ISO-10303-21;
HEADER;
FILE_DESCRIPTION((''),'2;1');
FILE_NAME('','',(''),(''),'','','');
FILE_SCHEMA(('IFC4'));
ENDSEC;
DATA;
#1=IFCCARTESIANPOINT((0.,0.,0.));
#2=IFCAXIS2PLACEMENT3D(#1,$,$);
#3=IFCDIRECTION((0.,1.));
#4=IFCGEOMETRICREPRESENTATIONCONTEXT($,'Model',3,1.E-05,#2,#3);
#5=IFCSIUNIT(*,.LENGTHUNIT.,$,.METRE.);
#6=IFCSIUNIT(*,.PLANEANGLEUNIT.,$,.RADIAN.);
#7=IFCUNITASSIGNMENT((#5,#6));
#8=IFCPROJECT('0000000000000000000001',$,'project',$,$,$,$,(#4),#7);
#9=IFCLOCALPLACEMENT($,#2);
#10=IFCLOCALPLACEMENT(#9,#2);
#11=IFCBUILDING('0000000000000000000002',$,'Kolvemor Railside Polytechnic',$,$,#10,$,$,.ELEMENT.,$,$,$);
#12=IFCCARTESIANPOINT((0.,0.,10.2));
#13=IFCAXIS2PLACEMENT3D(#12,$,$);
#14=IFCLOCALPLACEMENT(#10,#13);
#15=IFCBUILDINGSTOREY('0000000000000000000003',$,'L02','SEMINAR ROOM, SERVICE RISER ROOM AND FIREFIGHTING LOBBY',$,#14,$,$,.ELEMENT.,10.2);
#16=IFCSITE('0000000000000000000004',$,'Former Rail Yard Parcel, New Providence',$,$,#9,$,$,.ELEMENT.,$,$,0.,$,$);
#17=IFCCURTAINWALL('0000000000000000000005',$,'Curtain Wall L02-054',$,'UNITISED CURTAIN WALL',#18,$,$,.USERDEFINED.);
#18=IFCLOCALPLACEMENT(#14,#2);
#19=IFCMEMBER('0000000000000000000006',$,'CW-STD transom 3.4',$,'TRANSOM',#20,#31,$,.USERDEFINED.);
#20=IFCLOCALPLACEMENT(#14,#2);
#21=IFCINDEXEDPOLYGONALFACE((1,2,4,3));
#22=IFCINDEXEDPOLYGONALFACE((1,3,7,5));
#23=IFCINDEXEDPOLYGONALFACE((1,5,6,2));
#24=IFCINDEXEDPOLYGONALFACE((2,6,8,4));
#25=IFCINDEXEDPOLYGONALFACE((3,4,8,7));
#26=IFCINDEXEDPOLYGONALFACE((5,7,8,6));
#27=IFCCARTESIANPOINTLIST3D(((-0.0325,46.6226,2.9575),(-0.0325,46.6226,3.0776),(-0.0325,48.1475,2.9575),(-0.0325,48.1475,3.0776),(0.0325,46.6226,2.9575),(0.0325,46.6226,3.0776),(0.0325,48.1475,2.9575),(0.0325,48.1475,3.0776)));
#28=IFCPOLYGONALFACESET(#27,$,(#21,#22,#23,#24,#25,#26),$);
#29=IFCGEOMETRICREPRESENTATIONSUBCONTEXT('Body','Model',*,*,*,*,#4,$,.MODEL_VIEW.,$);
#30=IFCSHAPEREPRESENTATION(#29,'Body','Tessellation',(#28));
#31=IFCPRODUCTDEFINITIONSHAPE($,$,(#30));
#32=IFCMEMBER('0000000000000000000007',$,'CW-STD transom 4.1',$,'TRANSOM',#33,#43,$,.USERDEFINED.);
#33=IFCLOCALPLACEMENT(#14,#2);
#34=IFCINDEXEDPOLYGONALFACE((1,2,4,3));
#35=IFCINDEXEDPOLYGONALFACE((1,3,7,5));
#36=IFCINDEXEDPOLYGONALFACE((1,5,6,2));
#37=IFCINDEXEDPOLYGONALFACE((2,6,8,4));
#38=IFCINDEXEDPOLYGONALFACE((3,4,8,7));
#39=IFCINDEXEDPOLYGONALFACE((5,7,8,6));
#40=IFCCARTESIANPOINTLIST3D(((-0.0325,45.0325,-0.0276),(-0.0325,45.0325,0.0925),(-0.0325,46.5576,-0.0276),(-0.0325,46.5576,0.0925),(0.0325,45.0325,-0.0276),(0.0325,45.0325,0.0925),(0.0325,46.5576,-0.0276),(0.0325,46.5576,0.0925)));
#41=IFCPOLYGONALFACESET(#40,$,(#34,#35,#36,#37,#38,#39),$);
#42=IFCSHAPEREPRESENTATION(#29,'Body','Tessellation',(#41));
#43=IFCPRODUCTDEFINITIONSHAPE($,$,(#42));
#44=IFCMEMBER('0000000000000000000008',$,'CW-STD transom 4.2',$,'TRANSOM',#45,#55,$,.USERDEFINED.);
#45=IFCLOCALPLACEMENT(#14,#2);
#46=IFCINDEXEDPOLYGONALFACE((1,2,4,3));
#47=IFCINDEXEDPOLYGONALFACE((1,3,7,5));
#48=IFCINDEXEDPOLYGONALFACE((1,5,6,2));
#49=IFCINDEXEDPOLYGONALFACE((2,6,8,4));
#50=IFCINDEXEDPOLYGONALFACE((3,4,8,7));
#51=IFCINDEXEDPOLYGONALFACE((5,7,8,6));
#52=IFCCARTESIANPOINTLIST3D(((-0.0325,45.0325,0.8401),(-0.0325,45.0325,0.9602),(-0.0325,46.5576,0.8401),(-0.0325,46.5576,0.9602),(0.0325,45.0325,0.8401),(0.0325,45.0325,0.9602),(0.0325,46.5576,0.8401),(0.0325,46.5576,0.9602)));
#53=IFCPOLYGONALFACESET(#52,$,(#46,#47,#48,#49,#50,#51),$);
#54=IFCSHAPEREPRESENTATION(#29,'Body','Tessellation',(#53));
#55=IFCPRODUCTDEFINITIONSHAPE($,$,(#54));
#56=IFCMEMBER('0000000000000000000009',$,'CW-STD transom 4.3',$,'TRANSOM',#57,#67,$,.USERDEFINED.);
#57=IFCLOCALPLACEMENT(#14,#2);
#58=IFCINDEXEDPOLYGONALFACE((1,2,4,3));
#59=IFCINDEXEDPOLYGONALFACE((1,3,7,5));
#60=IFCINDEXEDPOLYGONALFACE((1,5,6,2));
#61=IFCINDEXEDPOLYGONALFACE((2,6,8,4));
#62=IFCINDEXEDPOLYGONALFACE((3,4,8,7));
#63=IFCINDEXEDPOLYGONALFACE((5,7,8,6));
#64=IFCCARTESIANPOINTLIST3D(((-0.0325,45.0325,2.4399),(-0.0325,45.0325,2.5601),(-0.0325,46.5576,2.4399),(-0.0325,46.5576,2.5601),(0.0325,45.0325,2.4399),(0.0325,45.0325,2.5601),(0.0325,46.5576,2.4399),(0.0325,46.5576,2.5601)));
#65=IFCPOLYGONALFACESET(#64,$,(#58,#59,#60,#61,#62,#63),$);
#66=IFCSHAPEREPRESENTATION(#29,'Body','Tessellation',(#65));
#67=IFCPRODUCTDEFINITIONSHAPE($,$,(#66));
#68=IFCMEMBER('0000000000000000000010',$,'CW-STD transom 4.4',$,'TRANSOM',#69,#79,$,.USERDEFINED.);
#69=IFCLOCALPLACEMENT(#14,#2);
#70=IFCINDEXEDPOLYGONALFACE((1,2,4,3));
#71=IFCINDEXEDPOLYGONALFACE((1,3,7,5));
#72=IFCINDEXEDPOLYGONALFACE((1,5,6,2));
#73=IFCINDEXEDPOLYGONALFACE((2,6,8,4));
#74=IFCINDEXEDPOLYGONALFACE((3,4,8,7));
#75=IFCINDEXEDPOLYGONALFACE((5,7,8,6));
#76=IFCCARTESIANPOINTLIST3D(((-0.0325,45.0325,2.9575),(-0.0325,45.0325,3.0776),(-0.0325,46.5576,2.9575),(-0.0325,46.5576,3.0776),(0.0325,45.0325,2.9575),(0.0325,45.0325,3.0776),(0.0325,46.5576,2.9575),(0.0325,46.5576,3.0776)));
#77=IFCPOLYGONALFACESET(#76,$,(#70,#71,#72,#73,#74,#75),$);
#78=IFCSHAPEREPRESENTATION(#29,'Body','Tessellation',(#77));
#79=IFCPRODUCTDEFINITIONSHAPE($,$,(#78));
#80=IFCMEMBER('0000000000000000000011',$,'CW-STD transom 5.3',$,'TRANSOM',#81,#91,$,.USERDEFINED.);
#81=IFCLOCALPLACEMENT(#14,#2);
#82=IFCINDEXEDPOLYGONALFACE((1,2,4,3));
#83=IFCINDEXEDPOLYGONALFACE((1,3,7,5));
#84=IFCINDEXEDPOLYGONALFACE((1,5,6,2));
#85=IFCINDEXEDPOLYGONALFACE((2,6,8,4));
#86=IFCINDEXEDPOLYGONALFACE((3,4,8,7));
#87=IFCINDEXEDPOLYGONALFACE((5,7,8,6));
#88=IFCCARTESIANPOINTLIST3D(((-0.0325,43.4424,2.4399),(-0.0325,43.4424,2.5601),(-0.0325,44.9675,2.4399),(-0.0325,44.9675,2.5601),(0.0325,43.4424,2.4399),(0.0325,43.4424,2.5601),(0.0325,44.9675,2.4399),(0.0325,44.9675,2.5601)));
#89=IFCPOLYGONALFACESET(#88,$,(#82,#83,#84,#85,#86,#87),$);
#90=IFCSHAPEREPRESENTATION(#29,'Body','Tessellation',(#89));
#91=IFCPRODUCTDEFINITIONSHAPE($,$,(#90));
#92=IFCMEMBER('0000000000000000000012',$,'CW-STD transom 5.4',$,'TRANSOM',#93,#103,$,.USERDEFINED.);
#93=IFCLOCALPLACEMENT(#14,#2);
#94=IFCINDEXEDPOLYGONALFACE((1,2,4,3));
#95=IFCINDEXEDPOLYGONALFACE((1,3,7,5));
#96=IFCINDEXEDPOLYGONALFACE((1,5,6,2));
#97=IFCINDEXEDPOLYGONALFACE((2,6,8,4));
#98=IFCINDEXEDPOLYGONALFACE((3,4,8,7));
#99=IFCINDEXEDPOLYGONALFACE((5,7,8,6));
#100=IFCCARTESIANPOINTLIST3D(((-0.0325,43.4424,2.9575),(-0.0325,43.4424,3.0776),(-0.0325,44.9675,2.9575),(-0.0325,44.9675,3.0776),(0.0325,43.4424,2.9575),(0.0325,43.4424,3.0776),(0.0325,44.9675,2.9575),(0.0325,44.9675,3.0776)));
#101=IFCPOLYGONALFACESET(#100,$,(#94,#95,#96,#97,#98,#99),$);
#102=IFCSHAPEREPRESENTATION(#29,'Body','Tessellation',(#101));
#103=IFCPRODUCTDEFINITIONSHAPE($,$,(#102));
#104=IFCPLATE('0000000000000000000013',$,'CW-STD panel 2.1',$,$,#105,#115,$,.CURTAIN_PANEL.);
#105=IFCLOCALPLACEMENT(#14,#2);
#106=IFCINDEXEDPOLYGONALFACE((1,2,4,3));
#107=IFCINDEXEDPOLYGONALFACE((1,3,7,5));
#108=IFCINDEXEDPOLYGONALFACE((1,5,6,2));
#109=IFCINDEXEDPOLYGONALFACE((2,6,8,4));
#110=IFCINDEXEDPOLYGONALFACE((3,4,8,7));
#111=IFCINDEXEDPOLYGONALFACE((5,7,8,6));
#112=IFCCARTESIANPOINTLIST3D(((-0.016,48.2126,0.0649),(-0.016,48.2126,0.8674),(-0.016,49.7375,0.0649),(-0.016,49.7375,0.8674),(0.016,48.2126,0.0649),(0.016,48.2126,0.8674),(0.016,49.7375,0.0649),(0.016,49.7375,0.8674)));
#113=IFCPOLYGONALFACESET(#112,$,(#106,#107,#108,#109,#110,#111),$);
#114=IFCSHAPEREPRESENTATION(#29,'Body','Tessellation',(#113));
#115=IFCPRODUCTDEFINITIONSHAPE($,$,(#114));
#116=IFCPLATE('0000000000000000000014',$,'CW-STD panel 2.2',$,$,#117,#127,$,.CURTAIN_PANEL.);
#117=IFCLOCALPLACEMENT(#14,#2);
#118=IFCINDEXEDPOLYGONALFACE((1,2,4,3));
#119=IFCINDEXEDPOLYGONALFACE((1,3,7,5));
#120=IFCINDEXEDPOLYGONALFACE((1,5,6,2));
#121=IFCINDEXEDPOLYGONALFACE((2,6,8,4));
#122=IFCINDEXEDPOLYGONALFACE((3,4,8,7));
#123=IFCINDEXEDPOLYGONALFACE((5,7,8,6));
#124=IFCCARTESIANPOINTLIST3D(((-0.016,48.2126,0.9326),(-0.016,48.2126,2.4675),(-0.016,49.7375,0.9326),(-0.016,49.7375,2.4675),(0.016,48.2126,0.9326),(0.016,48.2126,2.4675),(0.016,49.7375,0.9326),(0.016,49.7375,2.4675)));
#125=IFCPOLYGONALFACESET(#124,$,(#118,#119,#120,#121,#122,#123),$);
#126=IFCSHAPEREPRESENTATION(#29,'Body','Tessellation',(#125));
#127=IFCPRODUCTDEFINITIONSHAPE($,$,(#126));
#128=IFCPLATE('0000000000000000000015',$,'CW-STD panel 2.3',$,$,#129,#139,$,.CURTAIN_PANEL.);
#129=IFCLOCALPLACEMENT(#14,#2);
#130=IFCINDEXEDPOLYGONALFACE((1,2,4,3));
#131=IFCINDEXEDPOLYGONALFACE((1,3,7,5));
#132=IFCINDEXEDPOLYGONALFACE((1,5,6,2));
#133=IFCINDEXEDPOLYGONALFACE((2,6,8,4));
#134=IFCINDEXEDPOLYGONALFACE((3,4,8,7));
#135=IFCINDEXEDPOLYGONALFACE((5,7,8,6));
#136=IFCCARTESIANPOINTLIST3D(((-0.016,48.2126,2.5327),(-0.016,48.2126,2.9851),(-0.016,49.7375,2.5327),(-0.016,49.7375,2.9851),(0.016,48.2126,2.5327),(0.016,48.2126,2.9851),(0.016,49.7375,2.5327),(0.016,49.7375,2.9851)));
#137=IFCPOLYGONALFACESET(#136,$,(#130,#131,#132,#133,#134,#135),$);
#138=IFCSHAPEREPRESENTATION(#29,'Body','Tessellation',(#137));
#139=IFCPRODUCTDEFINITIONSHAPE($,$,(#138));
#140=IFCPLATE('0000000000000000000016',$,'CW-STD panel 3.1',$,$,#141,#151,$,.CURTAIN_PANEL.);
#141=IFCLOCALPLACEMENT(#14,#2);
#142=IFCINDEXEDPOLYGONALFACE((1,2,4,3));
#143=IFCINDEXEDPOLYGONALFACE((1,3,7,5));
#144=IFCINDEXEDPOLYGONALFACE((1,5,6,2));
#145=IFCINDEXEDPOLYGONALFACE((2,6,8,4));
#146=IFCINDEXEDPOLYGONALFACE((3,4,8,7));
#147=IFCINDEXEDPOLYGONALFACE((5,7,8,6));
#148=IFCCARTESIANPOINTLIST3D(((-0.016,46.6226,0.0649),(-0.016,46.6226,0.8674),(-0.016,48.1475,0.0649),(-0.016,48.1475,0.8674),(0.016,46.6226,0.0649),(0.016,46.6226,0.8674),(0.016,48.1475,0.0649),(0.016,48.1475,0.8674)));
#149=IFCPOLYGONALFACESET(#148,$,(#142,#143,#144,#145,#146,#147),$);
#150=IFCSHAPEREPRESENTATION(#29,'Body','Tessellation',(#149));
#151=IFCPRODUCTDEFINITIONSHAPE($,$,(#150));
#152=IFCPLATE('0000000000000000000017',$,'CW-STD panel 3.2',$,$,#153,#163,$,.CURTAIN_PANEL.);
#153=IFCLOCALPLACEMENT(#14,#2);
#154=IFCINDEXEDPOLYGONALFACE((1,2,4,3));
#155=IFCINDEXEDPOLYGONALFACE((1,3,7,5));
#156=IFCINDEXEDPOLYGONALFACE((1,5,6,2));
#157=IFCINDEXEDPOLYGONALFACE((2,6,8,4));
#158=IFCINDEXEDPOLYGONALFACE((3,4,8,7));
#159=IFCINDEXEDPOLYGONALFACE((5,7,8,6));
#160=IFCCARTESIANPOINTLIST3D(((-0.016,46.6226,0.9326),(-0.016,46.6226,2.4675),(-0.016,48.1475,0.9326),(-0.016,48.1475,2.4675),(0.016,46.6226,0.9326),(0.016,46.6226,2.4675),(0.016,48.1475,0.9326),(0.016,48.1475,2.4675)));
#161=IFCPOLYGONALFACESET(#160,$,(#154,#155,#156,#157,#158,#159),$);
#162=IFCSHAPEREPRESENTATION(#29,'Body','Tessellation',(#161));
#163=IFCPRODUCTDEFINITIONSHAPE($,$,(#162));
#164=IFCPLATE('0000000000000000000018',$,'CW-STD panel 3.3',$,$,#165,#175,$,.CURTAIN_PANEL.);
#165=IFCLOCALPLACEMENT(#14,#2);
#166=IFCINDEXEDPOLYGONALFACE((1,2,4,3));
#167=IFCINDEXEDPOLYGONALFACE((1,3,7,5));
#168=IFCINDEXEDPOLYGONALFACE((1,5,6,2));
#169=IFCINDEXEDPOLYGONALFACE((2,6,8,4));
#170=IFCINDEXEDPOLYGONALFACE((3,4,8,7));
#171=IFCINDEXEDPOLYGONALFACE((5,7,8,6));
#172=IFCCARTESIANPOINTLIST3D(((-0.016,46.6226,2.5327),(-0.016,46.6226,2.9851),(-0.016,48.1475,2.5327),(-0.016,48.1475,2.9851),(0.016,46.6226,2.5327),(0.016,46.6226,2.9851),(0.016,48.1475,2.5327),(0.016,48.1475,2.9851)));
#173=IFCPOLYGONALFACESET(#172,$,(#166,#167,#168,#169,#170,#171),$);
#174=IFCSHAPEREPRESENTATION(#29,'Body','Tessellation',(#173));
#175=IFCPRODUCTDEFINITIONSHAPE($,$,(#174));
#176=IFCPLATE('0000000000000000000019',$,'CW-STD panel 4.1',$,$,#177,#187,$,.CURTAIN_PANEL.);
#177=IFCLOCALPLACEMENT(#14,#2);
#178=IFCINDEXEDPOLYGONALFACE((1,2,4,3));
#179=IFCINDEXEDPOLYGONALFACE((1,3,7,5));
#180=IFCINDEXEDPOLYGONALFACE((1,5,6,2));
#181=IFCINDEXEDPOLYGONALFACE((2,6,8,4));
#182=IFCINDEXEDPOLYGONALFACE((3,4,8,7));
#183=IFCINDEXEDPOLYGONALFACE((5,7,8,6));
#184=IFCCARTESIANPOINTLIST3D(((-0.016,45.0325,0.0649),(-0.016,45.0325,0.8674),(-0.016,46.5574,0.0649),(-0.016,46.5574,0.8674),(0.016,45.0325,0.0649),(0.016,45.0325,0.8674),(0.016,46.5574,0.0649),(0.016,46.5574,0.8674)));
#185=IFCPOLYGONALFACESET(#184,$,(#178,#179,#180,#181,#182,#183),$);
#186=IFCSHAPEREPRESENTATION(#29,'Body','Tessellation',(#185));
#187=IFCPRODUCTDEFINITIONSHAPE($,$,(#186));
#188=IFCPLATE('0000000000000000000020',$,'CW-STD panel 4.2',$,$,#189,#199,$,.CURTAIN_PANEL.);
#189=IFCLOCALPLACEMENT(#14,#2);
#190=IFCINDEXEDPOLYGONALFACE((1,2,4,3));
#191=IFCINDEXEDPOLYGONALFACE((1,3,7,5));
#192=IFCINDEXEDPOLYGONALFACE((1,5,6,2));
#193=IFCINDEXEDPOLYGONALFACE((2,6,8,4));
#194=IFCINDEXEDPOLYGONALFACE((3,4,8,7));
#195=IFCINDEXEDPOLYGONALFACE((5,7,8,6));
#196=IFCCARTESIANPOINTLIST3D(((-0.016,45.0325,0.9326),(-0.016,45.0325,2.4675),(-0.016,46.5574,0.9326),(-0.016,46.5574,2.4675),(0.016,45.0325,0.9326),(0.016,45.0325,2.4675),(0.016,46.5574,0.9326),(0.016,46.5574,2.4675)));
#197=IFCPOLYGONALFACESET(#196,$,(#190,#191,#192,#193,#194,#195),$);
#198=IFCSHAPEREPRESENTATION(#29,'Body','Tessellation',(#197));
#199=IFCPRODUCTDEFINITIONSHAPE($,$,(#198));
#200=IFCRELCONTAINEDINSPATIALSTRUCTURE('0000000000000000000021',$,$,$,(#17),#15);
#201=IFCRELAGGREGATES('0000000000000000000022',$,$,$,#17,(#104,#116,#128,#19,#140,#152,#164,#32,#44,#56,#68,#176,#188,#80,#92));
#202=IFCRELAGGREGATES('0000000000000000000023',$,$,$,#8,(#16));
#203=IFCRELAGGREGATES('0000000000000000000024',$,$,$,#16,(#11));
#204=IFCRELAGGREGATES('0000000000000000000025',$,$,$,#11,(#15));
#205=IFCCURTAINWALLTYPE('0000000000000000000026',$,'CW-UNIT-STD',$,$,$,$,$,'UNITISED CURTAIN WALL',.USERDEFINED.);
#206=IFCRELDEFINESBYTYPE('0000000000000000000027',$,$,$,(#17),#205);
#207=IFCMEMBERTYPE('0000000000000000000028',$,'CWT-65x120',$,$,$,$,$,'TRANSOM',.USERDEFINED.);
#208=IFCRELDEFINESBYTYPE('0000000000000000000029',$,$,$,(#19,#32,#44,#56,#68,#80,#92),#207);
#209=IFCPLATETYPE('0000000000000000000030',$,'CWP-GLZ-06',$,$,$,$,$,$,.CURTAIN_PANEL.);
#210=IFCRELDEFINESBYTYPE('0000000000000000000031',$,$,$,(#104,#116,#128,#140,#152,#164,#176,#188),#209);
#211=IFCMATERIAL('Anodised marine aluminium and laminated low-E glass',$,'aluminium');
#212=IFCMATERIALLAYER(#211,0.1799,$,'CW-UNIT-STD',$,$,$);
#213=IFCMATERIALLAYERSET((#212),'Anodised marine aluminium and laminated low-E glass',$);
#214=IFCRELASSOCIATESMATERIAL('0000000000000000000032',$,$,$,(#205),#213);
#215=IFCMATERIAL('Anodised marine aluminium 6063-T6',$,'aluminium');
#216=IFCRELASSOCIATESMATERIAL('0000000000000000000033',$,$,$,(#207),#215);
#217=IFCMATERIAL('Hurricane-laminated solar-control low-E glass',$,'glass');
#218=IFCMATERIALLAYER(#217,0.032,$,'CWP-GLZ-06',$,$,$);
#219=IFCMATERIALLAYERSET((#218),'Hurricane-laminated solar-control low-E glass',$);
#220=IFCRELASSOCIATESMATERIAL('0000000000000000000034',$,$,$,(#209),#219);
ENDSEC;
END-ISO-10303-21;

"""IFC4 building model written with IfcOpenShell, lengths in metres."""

from ifc_helpers import new_model, si_unit, direction, frame, origin, origin_2d, place, context, subcontext, project, spatial, rectangle, extrude, material, layer, layer_set, material_profile, profile_set, type_object, element, aggregate, save


model = new_model("IFC4")

# Units and contexts
model_context = context("Model", 3, precision=1e-05, world=origin(), true_north=direction((0.0, 1.0)))
body_context = subcontext(model_context, "Body", "Model", "MODEL_VIEW")
ifc_project = project(units=[si_unit("LENGTHUNIT", "METRE"), si_unit("PLANEANGLEUNIT", "RADIAN")], contexts=[model_context])

# Site, building, storey
site_placement = place(None, origin())
site = spatial("IfcSite", under=ifc_project, at=site_placement, Name="Former Rail Yard Parcel, New Providence", CompositionType="ELEMENT", RefElevation=0.0)
building_placement = place(site_placement, origin())
building = spatial("IfcBuilding", under=site, at=building_placement, Name="Kolvemor Railside Polytechnic", CompositionType="ELEMENT")
storey_placement = place(building_placement, frame((0.0, 0.0, 10.2)))
storey = spatial("IfcBuildingStorey", under=building, at=storey_placement, Name="L02", Description="SEMINAR ROOM, SERVICE RISER ROOM AND FIREFIGHTING LOBBY", CompositionType="ELEMENT", Elevation=10.2)

# Curtain wall, members, plates
ifc_material_1 = material(Name="Anodised marine aluminium and laminated low-E glass", Category="aluminium")
ifc_layer_1 = layer(ifc_material_1, 0.1799, Name="CW-UNIT-STD")
ifc_layer_set_1 = layer_set([ifc_layer_1], Name="Anodised marine aluminium and laminated low-E glass")
curtain_wall_type = type_object("IfcCurtainWallType", Name="CW-UNIT-STD", ElementType="UNITISED CURTAIN WALL", PredefinedType="USERDEFINED", material=ifc_layer_set_1)
curtain_wall_placement = place(storey_placement, origin())
curtain_wall = element("IfcCurtainWall", 1, at=curtain_wall_placement, inside=storey, type_object=curtain_wall_type, Name="Curtain Wall L02-054", ObjectType="UNITISED CURTAIN WALL", PredefinedType="USERDEFINED")
ifc_material_2 = material(Name="Anodised marine aluminium 6063-T6", Category="aluminium")
ifc_material_profile_1 = material_profile(ifc_material_2, rectangle(XDim=0.0649, YDim=0.1201, at=origin_2d()), Name="CW-TRN-65x120")
ifc_profile_set_1 = profile_set([ifc_material_profile_1], Name="Anodised marine aluminium 6063-T6")
member_type_1 = type_object("IfcMemberType", Name="CWT-65x120", ElementType="TRANSOM", PredefinedType="USERDEFINED", material=ifc_profile_set_1)
member_1_placement = place(storey_placement, frame((0.0, 48.1475, 3.0176), z_axis=(0.0, -1.0, 0.0), x_axis=(1.0, 0.0, 0.0)))
member_1 = element("IfcMember", 2, at=member_1_placement, type_object=member_type_1, Name="CW-STD transom 3.4", ObjectType="TRANSOM", PredefinedType="USERDEFINED", context=body_context, shape_type="SweptSolid", body=[
    extrude(rectangle(XDim=0.0649, YDim=0.1201, at=origin_2d()), origin(), (0.0, 0.0, 1.0), 1.5249),
])
member_2_placement = place(storey_placement, frame((0.0, 46.5576, 0.0325), z_axis=(0.0, -1.0, 0.0), x_axis=(1.0, 0.0, 0.0)))
member_2 = element("IfcMember", 3, at=member_2_placement, type_object=member_type_1, Name="CW-STD transom 4.1", ObjectType="TRANSOM", PredefinedType="USERDEFINED", context=body_context, shape_type="SweptSolid", body=[
    extrude(rectangle(XDim=0.0649, YDim=0.1201, at=origin_2d()), origin(), (0.0, 0.0, 1.0), 1.5251),
])
member_3_placement = place(storey_placement, frame((0.0, 46.5576, 0.9001), z_axis=(0.0, -1.0, 0.0), x_axis=(1.0, 0.0, 0.0)))
member_3 = element("IfcMember", 4, at=member_3_placement, type_object=member_type_1, Name="CW-STD transom 4.2", ObjectType="TRANSOM", PredefinedType="USERDEFINED", context=body_context, shape_type="SweptSolid", body=[
    extrude(rectangle(XDim=0.0649, YDim=0.1201, at=origin_2d()), origin(), (0.0, 0.0, 1.0), 1.5251),
])
member_4_placement = place(storey_placement, frame((0.0, 46.5576, 2.5), z_axis=(0.0, -1.0, 0.0), x_axis=(1.0, 0.0, 0.0)))
member_4 = element("IfcMember", 5, at=member_4_placement, type_object=member_type_1, Name="CW-STD transom 4.3", ObjectType="TRANSOM", PredefinedType="USERDEFINED", context=body_context, shape_type="SweptSolid", body=[
    extrude(rectangle(XDim=0.0649, YDim=0.1201, at=origin_2d()), origin(), (0.0, 0.0, 1.0), 1.5251),
])
member_5_placement = place(storey_placement, frame((0.0, 46.5576, 3.0176), z_axis=(0.0, -1.0, 0.0), x_axis=(1.0, 0.0, 0.0)))
member_5 = element("IfcMember", 6, at=member_5_placement, type_object=member_type_1, Name="CW-STD transom 4.4", ObjectType="TRANSOM", PredefinedType="USERDEFINED", context=body_context, shape_type="SweptSolid", body=[
    extrude(rectangle(XDim=0.0649, YDim=0.1201, at=origin_2d()), origin(), (0.0, 0.0, 1.0), 1.5251),
])
member_6_placement = place(storey_placement, frame((0.0, 44.9675, 2.5), z_axis=(0.0, -1.0, 0.0), x_axis=(1.0, 0.0, 0.0)))
member_6 = element("IfcMember", 7, at=member_6_placement, type_object=member_type_1, Name="CW-STD transom 5.3", ObjectType="TRANSOM", PredefinedType="USERDEFINED", context=body_context, shape_type="SweptSolid", body=[
    extrude(rectangle(XDim=0.0649, YDim=0.1201, at=origin_2d()), origin(), (0.0, 0.0, 1.0), 1.5251),
])
member_7_placement = place(storey_placement, frame((0.0, 44.9675, 3.0176), z_axis=(0.0, -1.0, 0.0), x_axis=(1.0, 0.0, 0.0)))
member_7 = element("IfcMember", 8, at=member_7_placement, type_object=member_type_1, Name="CW-STD transom 5.4", ObjectType="TRANSOM", PredefinedType="USERDEFINED", context=body_context, shape_type="SweptSolid", body=[
    extrude(rectangle(XDim=0.0649, YDim=0.1201, at=origin_2d()), origin(), (0.0, 0.0, 1.0), 1.5251),
])
ifc_material_3 = material(Name="Hurricane-laminated solar-control low-E glass", Category="glass")
ifc_layer_2 = layer(ifc_material_3, 0.032, Name="CWP-GLZ-06")
ifc_layer_set_2 = layer_set([ifc_layer_2], Name="Hurricane-laminated solar-control low-E glass")
plate_type = type_object("IfcPlateType", Name="CWP-GLZ-06", PredefinedType="CURTAIN_PANEL", material=ifc_layer_set_2)
plate_1_placement = place(storey_placement, frame((0.0, 48.9751, 0.0649), z_axis=(0.0, 0.0, 1.0), x_axis=(0.0, -1.0, 0.0)))
plate_1 = element("IfcPlate", 9, at=plate_1_placement, type_object=plate_type, Name="CW-STD panel 2.1", PredefinedType="CURTAIN_PANEL", context=body_context, shape_type="SweptSolid", body=[
    extrude(rectangle(XDim=1.5249, YDim=0.032, at=origin_2d()), origin(), (0.0, 0.0, 1.0), 0.8025),
])
plate_2_placement = place(storey_placement, frame((0.0, 48.9751, 0.9326), z_axis=(0.0, 0.0, 1.0), x_axis=(0.0, -1.0, 0.0)))
plate_2 = element("IfcPlate", 10, at=plate_2_placement, type_object=plate_type, Name="CW-STD panel 2.2", PredefinedType="CURTAIN_PANEL", context=body_context, shape_type="SweptSolid", body=[
    extrude(rectangle(XDim=1.5249, YDim=0.032, at=origin_2d()), origin(), (0.0, 0.0, 1.0), 1.5349),
])
plate_3_placement = place(storey_placement, frame((0.0, 48.9751, 2.5327), z_axis=(0.0, 0.0, 1.0), x_axis=(0.0, -1.0, 0.0)))
plate_3 = element("IfcPlate", 11, at=plate_3_placement, type_object=plate_type, Name="CW-STD panel 2.3", PredefinedType="CURTAIN_PANEL", context=body_context, shape_type="SweptSolid", body=[
    extrude(rectangle(XDim=1.5249, YDim=0.032, at=origin_2d()), origin(), (0.0, 0.0, 1.0), 0.4524),
])
plate_4_placement = place(storey_placement, frame((0.0, 47.385, 0.0649), z_axis=(0.0, 0.0, 1.0), x_axis=(0.0, -1.0, 0.0)))
plate_4 = element("IfcPlate", 12, at=plate_4_placement, type_object=plate_type, Name="CW-STD panel 3.1", PredefinedType="CURTAIN_PANEL", context=body_context, shape_type="SweptSolid", body=[
    extrude(rectangle(XDim=1.5249, YDim=0.032, at=origin_2d()), origin(), (0.0, 0.0, 1.0), 0.8025),
])
plate_5_placement = place(storey_placement, frame((0.0, 47.385, 0.9326), z_axis=(0.0, 0.0, 1.0), x_axis=(0.0, -1.0, 0.0)))
plate_5 = element("IfcPlate", 13, at=plate_5_placement, type_object=plate_type, Name="CW-STD panel 3.2", PredefinedType="CURTAIN_PANEL", context=body_context, shape_type="SweptSolid", body=[
    extrude(rectangle(XDim=1.5249, YDim=0.032, at=origin_2d()), origin(), (0.0, 0.0, 1.0), 1.5349),
])
plate_6_placement = place(storey_placement, frame((0.0, 47.385, 2.5327), z_axis=(0.0, 0.0, 1.0), x_axis=(0.0, -1.0, 0.0)))
plate_6 = element("IfcPlate", 14, at=plate_6_placement, type_object=plate_type, Name="CW-STD panel 3.3", PredefinedType="CURTAIN_PANEL", context=body_context, shape_type="SweptSolid", body=[
    extrude(rectangle(XDim=1.5249, YDim=0.032, at=origin_2d()), origin(), (0.0, 0.0, 1.0), 0.4524),
])
plate_7_placement = place(storey_placement, frame((0.0, 45.7949, 0.0649), z_axis=(0.0, 0.0, 1.0), x_axis=(0.0, -1.0, 0.0)))
plate_7 = element("IfcPlate", 15, at=plate_7_placement, type_object=plate_type, Name="CW-STD panel 4.1", PredefinedType="CURTAIN_PANEL", context=body_context, shape_type="SweptSolid", body=[
    extrude(rectangle(XDim=1.5249, YDim=0.032, at=origin_2d()), origin(), (0.0, 0.0, 1.0), 0.8025),
])
plate_8_placement = place(storey_placement, frame((0.0, 45.7949, 0.9326), z_axis=(0.0, 0.0, 1.0), x_axis=(0.0, -1.0, 0.0)))
plate_8 = element("IfcPlate", 16, at=plate_8_placement, type_object=plate_type, Name="CW-STD panel 4.2", PredefinedType="CURTAIN_PANEL", context=body_context, shape_type="SweptSolid", body=[
    extrude(rectangle(XDim=1.5249, YDim=0.032, at=origin_2d()), origin(), (0.0, 0.0, 1.0), 1.5349),
])
aggregate(curtain_wall, [plate_1, plate_2, plate_3, member_1, plate_4, plate_5, plate_6, member_2, member_3, member_4, member_5, plate_7, plate_8, member_6, member_7])

save(model, "model.ifc")
